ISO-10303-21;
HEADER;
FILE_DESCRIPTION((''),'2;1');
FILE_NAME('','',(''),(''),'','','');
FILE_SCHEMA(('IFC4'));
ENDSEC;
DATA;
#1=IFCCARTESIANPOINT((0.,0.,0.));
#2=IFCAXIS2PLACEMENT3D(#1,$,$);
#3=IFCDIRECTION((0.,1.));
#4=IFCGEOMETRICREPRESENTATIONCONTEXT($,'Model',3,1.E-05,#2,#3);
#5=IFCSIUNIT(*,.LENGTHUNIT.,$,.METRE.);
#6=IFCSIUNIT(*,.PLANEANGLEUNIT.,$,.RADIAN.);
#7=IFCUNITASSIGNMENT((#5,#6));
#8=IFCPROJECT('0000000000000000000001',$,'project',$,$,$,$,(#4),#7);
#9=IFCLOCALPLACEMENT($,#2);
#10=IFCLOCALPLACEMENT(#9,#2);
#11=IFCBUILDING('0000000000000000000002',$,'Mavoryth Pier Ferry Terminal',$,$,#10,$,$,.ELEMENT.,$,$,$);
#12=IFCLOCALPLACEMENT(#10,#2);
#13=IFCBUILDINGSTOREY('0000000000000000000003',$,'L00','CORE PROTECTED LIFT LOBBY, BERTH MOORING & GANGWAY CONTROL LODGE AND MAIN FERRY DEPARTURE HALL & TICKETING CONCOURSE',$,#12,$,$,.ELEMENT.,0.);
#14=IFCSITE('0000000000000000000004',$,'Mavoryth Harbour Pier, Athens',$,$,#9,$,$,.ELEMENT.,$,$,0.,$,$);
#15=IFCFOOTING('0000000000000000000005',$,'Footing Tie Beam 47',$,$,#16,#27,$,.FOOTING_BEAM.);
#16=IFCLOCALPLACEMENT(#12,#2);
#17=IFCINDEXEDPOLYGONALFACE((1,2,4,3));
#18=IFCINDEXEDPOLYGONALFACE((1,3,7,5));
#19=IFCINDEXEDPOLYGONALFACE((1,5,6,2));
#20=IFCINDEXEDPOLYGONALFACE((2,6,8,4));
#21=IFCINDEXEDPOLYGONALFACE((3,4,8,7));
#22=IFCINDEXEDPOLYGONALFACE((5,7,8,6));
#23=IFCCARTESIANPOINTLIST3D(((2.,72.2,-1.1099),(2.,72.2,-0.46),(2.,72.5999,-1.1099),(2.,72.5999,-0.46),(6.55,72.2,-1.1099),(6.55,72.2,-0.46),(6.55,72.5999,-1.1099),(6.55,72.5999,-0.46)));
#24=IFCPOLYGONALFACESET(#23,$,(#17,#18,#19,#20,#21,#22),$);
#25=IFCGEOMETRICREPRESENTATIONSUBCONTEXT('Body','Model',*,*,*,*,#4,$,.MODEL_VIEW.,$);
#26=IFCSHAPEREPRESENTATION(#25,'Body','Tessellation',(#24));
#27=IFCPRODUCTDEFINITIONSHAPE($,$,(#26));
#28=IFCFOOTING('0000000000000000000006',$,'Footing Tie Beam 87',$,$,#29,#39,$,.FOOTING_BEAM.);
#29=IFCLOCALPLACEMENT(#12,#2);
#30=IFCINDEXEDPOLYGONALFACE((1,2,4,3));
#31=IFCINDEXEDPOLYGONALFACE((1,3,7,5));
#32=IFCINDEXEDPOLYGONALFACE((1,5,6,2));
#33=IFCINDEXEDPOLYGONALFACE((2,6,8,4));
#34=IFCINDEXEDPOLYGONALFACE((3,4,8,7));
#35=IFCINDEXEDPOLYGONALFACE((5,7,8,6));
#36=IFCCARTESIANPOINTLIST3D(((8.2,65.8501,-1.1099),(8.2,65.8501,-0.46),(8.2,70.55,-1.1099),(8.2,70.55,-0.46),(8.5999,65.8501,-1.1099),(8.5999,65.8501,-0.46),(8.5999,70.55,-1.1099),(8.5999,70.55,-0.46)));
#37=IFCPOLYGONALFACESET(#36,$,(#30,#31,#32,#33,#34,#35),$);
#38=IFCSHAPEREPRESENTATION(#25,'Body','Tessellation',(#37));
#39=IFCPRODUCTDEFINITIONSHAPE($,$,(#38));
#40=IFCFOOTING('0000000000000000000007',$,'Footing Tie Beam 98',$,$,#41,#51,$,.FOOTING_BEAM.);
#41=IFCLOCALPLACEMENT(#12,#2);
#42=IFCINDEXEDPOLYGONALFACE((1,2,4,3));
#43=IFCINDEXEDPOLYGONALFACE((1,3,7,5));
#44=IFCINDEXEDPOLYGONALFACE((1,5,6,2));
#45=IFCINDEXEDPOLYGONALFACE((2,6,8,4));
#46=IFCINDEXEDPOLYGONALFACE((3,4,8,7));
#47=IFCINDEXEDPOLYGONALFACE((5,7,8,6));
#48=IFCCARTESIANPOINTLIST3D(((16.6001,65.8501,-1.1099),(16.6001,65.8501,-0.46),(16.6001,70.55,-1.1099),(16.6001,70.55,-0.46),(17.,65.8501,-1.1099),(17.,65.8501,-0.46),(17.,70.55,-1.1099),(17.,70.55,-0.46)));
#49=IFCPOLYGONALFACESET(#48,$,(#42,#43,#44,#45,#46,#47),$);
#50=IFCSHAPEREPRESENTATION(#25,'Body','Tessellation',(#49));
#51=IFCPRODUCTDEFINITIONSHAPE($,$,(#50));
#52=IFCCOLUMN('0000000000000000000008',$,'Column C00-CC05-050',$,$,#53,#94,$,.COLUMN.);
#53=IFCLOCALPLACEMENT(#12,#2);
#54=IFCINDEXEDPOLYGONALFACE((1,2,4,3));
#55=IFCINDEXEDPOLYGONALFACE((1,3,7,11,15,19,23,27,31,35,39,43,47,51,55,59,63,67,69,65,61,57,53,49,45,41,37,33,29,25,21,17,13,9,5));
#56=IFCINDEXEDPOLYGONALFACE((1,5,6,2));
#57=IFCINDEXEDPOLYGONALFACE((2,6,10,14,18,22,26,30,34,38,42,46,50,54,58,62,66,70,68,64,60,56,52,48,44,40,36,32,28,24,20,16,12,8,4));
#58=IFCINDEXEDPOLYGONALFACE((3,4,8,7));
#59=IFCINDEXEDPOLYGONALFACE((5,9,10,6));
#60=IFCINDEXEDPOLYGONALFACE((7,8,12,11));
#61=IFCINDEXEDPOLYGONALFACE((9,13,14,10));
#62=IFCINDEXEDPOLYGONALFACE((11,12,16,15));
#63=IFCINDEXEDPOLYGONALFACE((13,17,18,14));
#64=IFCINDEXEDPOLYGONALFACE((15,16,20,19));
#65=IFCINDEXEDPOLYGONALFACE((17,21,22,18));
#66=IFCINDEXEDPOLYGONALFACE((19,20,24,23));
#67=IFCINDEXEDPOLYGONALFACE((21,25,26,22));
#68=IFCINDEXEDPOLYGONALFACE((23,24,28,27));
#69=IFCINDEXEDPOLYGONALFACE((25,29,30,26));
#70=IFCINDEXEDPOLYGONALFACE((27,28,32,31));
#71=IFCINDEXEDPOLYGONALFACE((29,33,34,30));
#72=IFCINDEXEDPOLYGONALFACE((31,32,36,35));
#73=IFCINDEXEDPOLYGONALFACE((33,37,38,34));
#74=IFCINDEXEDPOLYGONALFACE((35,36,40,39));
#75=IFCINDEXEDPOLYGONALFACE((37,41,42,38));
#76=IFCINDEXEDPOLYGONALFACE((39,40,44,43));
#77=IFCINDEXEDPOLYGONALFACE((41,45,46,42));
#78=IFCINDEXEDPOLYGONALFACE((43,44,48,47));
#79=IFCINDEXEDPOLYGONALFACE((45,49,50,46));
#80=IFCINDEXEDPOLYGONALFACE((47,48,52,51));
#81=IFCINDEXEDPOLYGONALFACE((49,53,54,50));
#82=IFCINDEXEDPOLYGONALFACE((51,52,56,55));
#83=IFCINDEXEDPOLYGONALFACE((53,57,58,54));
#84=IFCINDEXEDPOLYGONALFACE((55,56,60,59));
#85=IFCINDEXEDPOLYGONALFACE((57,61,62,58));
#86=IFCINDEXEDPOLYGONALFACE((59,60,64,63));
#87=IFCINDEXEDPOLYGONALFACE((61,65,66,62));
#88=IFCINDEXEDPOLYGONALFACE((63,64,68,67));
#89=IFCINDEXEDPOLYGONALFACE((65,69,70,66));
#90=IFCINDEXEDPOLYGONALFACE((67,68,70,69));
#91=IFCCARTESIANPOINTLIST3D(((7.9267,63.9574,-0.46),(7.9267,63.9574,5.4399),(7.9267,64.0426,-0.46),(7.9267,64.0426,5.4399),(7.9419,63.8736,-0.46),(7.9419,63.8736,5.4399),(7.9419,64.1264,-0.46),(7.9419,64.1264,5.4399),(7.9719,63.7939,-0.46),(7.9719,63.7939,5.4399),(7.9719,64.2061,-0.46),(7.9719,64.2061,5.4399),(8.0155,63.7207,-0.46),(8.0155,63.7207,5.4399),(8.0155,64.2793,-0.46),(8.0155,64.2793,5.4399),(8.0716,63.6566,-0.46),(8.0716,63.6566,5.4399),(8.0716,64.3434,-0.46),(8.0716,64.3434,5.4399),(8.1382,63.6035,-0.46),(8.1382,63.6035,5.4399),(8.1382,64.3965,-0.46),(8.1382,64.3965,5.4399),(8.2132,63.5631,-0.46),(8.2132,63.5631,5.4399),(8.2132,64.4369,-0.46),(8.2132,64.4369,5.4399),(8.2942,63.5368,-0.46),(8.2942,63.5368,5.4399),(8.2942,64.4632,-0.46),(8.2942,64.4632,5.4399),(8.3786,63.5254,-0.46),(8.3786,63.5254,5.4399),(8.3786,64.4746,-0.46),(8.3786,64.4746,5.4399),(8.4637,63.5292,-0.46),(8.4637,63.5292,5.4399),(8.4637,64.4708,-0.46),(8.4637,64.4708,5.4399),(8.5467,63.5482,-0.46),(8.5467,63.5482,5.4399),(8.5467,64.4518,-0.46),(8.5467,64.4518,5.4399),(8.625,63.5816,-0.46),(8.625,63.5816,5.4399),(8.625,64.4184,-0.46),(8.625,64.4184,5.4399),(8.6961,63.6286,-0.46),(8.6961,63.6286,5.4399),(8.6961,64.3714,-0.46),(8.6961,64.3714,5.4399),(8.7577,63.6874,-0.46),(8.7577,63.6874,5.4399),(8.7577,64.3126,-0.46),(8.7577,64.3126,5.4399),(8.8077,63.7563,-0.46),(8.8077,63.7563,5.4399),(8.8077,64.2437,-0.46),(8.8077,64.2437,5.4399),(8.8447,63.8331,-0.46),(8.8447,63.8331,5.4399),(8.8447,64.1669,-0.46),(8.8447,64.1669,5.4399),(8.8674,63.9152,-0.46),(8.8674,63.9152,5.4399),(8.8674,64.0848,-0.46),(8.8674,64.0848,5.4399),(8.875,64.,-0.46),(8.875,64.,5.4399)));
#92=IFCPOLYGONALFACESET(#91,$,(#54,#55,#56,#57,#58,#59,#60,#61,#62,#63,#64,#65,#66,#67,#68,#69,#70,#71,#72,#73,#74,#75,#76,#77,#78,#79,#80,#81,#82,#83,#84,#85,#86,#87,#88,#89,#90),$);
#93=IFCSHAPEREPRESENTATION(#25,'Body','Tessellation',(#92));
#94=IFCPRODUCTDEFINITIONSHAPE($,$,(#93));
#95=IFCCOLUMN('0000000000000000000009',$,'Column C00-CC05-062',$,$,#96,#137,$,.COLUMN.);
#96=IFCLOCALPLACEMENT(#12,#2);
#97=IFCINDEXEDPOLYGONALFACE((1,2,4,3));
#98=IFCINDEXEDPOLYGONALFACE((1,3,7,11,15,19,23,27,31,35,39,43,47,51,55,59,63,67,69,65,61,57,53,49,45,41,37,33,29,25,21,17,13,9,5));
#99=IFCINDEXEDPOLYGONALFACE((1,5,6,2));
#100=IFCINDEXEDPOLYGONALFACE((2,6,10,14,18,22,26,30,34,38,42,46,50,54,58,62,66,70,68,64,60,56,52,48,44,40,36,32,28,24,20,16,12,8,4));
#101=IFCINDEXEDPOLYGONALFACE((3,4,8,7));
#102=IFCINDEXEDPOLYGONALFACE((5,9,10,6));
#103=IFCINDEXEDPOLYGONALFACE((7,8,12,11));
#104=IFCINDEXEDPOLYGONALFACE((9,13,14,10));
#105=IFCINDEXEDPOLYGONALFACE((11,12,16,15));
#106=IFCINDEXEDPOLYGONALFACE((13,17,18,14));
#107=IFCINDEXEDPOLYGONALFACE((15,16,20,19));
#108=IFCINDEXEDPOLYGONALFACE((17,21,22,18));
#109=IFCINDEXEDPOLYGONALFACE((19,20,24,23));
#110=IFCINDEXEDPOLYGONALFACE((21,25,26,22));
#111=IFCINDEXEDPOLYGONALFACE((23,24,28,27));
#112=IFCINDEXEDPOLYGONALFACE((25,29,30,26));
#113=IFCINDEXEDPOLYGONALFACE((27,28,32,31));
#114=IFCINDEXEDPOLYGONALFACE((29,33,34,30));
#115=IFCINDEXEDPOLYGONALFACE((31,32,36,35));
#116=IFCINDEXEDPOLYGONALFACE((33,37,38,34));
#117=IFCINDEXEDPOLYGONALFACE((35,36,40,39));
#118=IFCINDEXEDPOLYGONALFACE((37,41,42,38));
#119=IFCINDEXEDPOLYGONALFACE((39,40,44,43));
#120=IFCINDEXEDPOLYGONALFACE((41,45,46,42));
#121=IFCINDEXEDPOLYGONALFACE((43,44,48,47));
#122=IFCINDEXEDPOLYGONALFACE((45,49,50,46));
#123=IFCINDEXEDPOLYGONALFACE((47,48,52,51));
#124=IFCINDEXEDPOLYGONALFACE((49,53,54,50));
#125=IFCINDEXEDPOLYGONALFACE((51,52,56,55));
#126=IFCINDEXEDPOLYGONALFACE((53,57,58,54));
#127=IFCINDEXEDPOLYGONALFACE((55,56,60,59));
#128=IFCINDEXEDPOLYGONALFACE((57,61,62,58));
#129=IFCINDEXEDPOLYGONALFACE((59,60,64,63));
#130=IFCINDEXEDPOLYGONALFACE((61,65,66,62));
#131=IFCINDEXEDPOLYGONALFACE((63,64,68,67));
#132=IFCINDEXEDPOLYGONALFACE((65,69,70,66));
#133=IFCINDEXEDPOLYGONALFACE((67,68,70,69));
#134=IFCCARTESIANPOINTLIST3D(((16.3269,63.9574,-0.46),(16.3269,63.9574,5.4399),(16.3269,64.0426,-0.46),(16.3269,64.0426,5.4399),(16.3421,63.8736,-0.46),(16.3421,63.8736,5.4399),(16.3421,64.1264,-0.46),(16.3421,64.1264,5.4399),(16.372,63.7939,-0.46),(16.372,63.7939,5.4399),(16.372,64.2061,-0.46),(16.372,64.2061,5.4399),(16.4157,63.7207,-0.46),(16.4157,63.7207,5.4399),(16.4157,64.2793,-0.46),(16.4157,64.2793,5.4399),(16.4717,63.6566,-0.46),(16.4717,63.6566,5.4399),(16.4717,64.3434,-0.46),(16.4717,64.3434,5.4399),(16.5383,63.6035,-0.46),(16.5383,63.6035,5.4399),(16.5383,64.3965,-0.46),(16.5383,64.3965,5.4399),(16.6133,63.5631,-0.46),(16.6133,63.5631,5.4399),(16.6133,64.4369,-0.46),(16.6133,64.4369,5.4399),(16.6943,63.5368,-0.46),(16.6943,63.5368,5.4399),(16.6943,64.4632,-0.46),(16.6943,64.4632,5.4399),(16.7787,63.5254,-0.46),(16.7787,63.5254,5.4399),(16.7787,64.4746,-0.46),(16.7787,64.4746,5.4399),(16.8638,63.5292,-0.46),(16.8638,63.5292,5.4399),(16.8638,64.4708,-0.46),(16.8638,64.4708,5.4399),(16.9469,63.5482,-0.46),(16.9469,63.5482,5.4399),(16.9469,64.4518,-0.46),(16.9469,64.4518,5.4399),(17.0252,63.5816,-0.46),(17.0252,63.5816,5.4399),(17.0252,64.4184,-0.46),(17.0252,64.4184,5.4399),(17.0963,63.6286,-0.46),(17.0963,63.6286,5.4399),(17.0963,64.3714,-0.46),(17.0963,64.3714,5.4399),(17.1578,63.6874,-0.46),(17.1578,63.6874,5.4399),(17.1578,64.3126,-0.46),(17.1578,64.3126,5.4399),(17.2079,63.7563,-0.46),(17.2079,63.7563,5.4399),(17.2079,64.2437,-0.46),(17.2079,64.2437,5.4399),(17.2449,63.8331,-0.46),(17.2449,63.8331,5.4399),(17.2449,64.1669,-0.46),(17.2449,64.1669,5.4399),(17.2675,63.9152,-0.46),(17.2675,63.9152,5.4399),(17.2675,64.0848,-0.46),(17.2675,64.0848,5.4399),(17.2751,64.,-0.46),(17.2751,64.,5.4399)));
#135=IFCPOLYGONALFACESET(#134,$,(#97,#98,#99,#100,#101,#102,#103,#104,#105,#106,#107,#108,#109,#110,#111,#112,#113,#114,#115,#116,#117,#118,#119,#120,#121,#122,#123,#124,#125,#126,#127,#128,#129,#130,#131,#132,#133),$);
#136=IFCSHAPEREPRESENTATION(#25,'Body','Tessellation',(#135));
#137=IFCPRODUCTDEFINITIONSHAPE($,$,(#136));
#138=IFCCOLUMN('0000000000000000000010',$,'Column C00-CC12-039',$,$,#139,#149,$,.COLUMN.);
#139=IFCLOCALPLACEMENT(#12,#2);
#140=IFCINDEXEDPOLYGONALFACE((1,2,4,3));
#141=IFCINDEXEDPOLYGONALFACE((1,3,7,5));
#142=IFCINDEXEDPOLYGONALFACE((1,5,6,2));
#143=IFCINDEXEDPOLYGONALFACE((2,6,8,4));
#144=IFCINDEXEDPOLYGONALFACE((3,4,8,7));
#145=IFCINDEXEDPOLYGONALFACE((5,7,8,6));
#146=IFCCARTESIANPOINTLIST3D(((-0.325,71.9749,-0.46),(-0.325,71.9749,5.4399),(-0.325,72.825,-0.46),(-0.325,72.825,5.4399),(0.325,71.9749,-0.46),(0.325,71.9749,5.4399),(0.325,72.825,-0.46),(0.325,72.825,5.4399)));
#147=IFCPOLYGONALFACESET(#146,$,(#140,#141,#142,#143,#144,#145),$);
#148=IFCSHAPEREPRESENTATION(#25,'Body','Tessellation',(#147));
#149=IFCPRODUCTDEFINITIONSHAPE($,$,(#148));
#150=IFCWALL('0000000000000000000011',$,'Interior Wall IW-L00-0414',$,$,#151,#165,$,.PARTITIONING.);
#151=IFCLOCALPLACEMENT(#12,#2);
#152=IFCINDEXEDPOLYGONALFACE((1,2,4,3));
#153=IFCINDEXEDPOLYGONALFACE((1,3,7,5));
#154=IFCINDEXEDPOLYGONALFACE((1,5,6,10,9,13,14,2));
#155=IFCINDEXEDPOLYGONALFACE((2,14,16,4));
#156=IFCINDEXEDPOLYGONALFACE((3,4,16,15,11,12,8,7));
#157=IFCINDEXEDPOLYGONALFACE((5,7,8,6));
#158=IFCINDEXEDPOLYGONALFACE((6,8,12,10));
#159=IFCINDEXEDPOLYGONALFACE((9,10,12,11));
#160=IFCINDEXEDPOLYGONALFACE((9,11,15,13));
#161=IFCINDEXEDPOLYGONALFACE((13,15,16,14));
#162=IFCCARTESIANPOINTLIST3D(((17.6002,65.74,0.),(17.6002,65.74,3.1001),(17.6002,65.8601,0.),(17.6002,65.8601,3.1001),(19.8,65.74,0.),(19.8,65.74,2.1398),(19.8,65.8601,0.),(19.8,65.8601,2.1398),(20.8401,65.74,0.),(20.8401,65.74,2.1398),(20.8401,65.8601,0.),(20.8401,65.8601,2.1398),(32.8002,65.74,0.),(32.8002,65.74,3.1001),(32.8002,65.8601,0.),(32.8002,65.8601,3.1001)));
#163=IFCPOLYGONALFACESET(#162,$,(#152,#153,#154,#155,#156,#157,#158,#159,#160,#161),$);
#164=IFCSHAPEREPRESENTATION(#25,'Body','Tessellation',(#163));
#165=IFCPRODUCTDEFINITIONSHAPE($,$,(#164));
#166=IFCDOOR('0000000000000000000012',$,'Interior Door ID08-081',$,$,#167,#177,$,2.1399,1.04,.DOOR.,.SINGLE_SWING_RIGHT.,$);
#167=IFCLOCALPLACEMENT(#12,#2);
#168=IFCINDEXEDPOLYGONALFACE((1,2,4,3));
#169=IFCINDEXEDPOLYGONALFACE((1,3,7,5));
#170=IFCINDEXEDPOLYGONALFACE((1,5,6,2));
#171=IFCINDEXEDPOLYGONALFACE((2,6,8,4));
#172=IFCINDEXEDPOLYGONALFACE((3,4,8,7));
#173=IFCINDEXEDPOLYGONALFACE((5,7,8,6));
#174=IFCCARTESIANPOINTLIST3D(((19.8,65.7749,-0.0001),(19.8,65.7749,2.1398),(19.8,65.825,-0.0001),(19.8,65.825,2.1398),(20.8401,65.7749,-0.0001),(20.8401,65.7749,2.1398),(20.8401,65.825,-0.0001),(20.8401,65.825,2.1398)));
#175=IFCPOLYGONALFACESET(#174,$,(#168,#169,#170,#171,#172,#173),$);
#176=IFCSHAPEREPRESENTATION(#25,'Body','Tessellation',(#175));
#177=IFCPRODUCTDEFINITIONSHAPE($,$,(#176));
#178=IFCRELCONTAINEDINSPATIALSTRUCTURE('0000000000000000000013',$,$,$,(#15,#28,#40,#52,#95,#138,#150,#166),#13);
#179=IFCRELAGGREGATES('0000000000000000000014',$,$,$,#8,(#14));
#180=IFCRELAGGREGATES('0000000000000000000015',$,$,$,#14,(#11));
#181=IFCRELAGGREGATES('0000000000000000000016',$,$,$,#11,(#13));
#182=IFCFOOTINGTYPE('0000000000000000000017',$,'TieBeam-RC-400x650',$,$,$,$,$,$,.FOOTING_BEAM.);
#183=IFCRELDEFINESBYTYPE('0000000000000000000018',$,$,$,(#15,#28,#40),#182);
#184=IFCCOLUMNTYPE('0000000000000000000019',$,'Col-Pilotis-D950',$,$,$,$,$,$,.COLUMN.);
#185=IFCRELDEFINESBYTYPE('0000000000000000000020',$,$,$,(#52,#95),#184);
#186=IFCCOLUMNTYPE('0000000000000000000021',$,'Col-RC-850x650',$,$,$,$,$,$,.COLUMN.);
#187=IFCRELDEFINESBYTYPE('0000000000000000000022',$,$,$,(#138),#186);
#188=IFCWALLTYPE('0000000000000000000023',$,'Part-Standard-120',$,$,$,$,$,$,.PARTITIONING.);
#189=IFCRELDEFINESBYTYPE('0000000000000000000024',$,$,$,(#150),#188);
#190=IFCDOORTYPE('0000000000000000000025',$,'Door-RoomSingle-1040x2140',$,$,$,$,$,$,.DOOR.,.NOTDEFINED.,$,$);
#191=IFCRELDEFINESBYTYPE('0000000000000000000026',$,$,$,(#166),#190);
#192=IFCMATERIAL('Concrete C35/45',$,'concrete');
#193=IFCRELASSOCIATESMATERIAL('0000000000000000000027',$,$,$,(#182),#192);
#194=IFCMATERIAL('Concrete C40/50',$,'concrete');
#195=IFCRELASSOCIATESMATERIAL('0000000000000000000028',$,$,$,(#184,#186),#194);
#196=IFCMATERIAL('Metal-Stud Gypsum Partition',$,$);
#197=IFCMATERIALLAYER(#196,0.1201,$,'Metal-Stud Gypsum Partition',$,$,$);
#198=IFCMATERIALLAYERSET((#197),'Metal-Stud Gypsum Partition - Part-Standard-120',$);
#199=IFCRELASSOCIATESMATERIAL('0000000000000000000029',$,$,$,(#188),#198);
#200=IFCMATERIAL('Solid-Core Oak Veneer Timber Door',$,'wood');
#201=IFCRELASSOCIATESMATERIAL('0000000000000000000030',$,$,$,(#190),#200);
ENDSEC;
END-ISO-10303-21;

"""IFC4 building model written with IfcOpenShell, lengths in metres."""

from ifc_helpers import new_model, si_unit, direction, frame, frame_2d, origin, origin_2d, place, context, subcontext, project, spatial, rectangle, circle, extrude, material, layer, layer_set, material_profile, profile_set, type_object, element, fill, save


model = new_model("IFC4")

# Units and contexts
model_context = context("Model", 3, precision=1e-05, world=origin(), true_north=direction((0.0, 1.0)))
body_context = subcontext(model_context, "Body", "Model", "MODEL_VIEW")
ifc_project = project(units=[si_unit("LENGTHUNIT", "METRE"), si_unit("PLANEANGLEUNIT", "RADIAN")], contexts=[model_context])

# Site, building, storey
site_placement = place(None, origin())
site = spatial("IfcSite", under=ifc_project, at=site_placement, Name="Mavoryth Harbour Pier, Athens", CompositionType="ELEMENT", RefElevation=0.0)
building_placement = place(site_placement, origin())
building = spatial("IfcBuilding", under=site, at=building_placement, Name="Mavoryth Pier Ferry Terminal", CompositionType="ELEMENT")
storey_placement = place(building_placement, origin())
storey = spatial("IfcBuildingStorey", under=building, at=storey_placement, Name="L00", Description="CORE PROTECTED LIFT LOBBY, BERTH MOORING & GANGWAY CONTROL LODGE AND MAIN FERRY DEPARTURE HALL & TICKETING CONCOURSE", CompositionType="ELEMENT", Elevation=0.0)

# Shared definitions
ifc_material_1 = material(Name="Concrete C35/45", Category="concrete")

# Footings
ifc_material_profile_1 = material_profile(ifc_material_1, rectangle(XDim=0.3999, YDim=0.6499, at=origin_2d()), Name="RC 400x650", Category="concrete")
ifc_profile_set_1 = profile_set([ifc_material_profile_1], Name="Concrete C35/45 - RC 400x650")
footing_type_1 = type_object("IfcFootingType", Name="TieBeam-RC-400x650", PredefinedType="FOOTING_BEAM", material=ifc_profile_set_1)
footing_1_placement = place(storey_placement, frame((2.0, 72.3999, -0.7849), z_axis=(1.0, 0.0, 0.0), x_axis=(0.0, 1.0, 0.0)))
element("IfcFooting", 1, at=footing_1_placement, inside=storey, type_object=footing_type_1, Name="Footing Tie Beam 47", PredefinedType="FOOTING_BEAM", context=body_context, shape_type="SweptSolid", body=[
    extrude(rectangle(XDim=0.3999, YDim=0.6499, at=origin_2d()), origin(), (0.0, 0.0, 1.0), 4.55),
])
for number, where, z_axis, x_axis, name in (
    (2, (8.3999, 65.8501, -0.7849), (0.0, 1.0, 0.0), (-1.0, 0.0, 0.0), "Footing Tie Beam 87"),
    (3, (16.8, 65.8501, -0.7849), (0.0, 1.0, 0.0), (-1.0, 0.0, 0.0), "Footing Tie Beam 98"),
):
    element("IfcFooting", number, at=place(storey_placement, frame(where, z_axis=z_axis, x_axis=x_axis)), inside=storey, type_object=footing_type_1, Name=name, PredefinedType="FOOTING_BEAM", context=body_context, shape_type="SweptSolid", body=[
        extrude(rectangle(XDim=0.3999, YDim=0.6499, at=origin_2d()), origin(), (0.0, 0.0, 1.0), 4.7),
    ])

# Columns
ifc_material_2 = material(Name="Concrete C40/50", Category="concrete")
ifc_material_profile_2 = material_profile(ifc_material_2, circle(Radius=0.4751, at=origin_2d()), Name="RC D950", Category="concrete")
ifc_profile_set_2 = profile_set([ifc_material_profile_2], Name="Concrete C40/50 - RC D950")
column_type_1 = type_object("IfcColumnType", Name="Col-Pilotis-D950", PredefinedType="COLUMN", material=ifc_profile_set_2)
for number, where, z_axis, x_axis, name in (
    (4, (8.3999, 64.0, -0.46), (0.0, 0.0, 1.0), (1.0, 0.0, 0.0), "Column C00-CC05-050"),
    (5, (16.8, 64.0, -0.46), (0.0, 0.0, 1.0), (1.0, 0.0, 0.0), "Column C00-CC05-062"),
):
    element("IfcColumn", number, at=place(storey_placement, frame(where, z_axis=z_axis, x_axis=x_axis)), inside=storey, type_object=column_type_1, Name=name, PredefinedType="COLUMN", context=body_context, shape_type="SweptSolid", body=[
        extrude(circle(Radius=0.4751, at=origin_2d()), origin(), (0.0, 0.0, 1.0), 5.8999),
    ])
ifc_material_profile_3 = material_profile(ifc_material_2, rectangle(XDim=0.6499, YDim=0.8501, at=origin_2d()), Name="RC 850x650", Category="concrete")
ifc_profile_set_3 = profile_set([ifc_material_profile_3], Name="Concrete C40/50 - RC 850x650")
column_type_2 = type_object("IfcColumnType", Name="Col-RC-850x650", PredefinedType="COLUMN", material=ifc_profile_set_3)
column_placement = place(storey_placement, frame((0.0, 72.3999, -0.46), z_axis=(0.0, 0.0, 1.0), x_axis=(1.0, 0.0, 0.0)))
element("IfcColumn", 6, at=column_placement, inside=storey, type_object=column_type_2, Name="Column C00-CC12-039", PredefinedType="COLUMN", context=body_context, shape_type="SweptSolid", body=[
    extrude(rectangle(XDim=0.6499, YDim=0.8501, at=origin_2d()), origin(), (0.0, 0.0, 1.0), 5.8999),
])

# Wall, opening, door
ifc_material_3 = material(Name="Metal-Stud Gypsum Partition")
ifc_layer = layer(ifc_material_3, 0.1201, Name="Metal-Stud Gypsum Partition")
ifc_layer_set = layer_set([ifc_layer], Name="Metal-Stud Gypsum Partition - Part-Standard-120")
wall_type = type_object("IfcWallType", Name="Part-Standard-120", PredefinedType="PARTITIONING", material=ifc_layer_set)
wall_placement = place(storey_placement, frame((17.6001, 65.8, 0.0), z_axis=(0.0, 0.0, 1.0), x_axis=(1.0, 0.0, 0.0)))
wall = element("IfcWall", 7, at=wall_placement, inside=storey, type_object=wall_type, Name="Interior Wall IW-L00-0414", PredefinedType="PARTITIONING", context=body_context, shape_type="SweptSolid", body=[
    extrude(rectangle(XDim=15.2, YDim=0.1201, at=frame_2d((7.6001, 0.0))), origin(), (0.0, 0.0, 1.0), 3.1001),
])
opening_placement = place(wall_placement, frame((2.2, 0.0, 0.0)))
opening = element("IfcOpeningElement", 8, at=opening_placement, cuts=wall, PredefinedType="OPENING", context=body_context, shape_type="SweptSolid", body=[
    extrude(rectangle(XDim=1.04, YDim=2.1399, at=frame_2d((0.52, 1.0698))), frame((0.0, 0.0701, 0.0), z_axis=(0.0, -1.0, 0.0), x_axis=(1.0, 0.0, 0.0)), (0.0, 0.0, 1.0), 0.1401),
])
ifc_material_4 = material(Name="Solid-Core Oak Veneer Timber Door", Category="wood")
door_type = type_object("IfcDoorType", Name="Door-RoomSingle-1040x2140", OperationType="NOTDEFINED", PredefinedType="DOOR", material=ifc_material_4)
door_placement = place(opening_placement, origin())
door = element("IfcDoor", 9, at=door_placement, inside=storey, type_object=door_type, Name="Interior Door ID08-081", OperationType="SINGLE_SWING_RIGHT", OverallHeight=2.1399, OverallWidth=1.04, PredefinedType="DOOR", context=body_context, shape_type="SweptSolid", body=[
    extrude(rectangle(XDim=1.04, YDim=2.1399, at=frame_2d((0.52, 1.0698))), frame((0.0, 0.0249, 0.0), z_axis=(0.0, -1.0, 0.0), x_axis=(1.0, 0.0, 0.0)), (0.0, 0.0, 1.0), 0.05),
])
fill(opening, door)

save(model, "model.ifc")
